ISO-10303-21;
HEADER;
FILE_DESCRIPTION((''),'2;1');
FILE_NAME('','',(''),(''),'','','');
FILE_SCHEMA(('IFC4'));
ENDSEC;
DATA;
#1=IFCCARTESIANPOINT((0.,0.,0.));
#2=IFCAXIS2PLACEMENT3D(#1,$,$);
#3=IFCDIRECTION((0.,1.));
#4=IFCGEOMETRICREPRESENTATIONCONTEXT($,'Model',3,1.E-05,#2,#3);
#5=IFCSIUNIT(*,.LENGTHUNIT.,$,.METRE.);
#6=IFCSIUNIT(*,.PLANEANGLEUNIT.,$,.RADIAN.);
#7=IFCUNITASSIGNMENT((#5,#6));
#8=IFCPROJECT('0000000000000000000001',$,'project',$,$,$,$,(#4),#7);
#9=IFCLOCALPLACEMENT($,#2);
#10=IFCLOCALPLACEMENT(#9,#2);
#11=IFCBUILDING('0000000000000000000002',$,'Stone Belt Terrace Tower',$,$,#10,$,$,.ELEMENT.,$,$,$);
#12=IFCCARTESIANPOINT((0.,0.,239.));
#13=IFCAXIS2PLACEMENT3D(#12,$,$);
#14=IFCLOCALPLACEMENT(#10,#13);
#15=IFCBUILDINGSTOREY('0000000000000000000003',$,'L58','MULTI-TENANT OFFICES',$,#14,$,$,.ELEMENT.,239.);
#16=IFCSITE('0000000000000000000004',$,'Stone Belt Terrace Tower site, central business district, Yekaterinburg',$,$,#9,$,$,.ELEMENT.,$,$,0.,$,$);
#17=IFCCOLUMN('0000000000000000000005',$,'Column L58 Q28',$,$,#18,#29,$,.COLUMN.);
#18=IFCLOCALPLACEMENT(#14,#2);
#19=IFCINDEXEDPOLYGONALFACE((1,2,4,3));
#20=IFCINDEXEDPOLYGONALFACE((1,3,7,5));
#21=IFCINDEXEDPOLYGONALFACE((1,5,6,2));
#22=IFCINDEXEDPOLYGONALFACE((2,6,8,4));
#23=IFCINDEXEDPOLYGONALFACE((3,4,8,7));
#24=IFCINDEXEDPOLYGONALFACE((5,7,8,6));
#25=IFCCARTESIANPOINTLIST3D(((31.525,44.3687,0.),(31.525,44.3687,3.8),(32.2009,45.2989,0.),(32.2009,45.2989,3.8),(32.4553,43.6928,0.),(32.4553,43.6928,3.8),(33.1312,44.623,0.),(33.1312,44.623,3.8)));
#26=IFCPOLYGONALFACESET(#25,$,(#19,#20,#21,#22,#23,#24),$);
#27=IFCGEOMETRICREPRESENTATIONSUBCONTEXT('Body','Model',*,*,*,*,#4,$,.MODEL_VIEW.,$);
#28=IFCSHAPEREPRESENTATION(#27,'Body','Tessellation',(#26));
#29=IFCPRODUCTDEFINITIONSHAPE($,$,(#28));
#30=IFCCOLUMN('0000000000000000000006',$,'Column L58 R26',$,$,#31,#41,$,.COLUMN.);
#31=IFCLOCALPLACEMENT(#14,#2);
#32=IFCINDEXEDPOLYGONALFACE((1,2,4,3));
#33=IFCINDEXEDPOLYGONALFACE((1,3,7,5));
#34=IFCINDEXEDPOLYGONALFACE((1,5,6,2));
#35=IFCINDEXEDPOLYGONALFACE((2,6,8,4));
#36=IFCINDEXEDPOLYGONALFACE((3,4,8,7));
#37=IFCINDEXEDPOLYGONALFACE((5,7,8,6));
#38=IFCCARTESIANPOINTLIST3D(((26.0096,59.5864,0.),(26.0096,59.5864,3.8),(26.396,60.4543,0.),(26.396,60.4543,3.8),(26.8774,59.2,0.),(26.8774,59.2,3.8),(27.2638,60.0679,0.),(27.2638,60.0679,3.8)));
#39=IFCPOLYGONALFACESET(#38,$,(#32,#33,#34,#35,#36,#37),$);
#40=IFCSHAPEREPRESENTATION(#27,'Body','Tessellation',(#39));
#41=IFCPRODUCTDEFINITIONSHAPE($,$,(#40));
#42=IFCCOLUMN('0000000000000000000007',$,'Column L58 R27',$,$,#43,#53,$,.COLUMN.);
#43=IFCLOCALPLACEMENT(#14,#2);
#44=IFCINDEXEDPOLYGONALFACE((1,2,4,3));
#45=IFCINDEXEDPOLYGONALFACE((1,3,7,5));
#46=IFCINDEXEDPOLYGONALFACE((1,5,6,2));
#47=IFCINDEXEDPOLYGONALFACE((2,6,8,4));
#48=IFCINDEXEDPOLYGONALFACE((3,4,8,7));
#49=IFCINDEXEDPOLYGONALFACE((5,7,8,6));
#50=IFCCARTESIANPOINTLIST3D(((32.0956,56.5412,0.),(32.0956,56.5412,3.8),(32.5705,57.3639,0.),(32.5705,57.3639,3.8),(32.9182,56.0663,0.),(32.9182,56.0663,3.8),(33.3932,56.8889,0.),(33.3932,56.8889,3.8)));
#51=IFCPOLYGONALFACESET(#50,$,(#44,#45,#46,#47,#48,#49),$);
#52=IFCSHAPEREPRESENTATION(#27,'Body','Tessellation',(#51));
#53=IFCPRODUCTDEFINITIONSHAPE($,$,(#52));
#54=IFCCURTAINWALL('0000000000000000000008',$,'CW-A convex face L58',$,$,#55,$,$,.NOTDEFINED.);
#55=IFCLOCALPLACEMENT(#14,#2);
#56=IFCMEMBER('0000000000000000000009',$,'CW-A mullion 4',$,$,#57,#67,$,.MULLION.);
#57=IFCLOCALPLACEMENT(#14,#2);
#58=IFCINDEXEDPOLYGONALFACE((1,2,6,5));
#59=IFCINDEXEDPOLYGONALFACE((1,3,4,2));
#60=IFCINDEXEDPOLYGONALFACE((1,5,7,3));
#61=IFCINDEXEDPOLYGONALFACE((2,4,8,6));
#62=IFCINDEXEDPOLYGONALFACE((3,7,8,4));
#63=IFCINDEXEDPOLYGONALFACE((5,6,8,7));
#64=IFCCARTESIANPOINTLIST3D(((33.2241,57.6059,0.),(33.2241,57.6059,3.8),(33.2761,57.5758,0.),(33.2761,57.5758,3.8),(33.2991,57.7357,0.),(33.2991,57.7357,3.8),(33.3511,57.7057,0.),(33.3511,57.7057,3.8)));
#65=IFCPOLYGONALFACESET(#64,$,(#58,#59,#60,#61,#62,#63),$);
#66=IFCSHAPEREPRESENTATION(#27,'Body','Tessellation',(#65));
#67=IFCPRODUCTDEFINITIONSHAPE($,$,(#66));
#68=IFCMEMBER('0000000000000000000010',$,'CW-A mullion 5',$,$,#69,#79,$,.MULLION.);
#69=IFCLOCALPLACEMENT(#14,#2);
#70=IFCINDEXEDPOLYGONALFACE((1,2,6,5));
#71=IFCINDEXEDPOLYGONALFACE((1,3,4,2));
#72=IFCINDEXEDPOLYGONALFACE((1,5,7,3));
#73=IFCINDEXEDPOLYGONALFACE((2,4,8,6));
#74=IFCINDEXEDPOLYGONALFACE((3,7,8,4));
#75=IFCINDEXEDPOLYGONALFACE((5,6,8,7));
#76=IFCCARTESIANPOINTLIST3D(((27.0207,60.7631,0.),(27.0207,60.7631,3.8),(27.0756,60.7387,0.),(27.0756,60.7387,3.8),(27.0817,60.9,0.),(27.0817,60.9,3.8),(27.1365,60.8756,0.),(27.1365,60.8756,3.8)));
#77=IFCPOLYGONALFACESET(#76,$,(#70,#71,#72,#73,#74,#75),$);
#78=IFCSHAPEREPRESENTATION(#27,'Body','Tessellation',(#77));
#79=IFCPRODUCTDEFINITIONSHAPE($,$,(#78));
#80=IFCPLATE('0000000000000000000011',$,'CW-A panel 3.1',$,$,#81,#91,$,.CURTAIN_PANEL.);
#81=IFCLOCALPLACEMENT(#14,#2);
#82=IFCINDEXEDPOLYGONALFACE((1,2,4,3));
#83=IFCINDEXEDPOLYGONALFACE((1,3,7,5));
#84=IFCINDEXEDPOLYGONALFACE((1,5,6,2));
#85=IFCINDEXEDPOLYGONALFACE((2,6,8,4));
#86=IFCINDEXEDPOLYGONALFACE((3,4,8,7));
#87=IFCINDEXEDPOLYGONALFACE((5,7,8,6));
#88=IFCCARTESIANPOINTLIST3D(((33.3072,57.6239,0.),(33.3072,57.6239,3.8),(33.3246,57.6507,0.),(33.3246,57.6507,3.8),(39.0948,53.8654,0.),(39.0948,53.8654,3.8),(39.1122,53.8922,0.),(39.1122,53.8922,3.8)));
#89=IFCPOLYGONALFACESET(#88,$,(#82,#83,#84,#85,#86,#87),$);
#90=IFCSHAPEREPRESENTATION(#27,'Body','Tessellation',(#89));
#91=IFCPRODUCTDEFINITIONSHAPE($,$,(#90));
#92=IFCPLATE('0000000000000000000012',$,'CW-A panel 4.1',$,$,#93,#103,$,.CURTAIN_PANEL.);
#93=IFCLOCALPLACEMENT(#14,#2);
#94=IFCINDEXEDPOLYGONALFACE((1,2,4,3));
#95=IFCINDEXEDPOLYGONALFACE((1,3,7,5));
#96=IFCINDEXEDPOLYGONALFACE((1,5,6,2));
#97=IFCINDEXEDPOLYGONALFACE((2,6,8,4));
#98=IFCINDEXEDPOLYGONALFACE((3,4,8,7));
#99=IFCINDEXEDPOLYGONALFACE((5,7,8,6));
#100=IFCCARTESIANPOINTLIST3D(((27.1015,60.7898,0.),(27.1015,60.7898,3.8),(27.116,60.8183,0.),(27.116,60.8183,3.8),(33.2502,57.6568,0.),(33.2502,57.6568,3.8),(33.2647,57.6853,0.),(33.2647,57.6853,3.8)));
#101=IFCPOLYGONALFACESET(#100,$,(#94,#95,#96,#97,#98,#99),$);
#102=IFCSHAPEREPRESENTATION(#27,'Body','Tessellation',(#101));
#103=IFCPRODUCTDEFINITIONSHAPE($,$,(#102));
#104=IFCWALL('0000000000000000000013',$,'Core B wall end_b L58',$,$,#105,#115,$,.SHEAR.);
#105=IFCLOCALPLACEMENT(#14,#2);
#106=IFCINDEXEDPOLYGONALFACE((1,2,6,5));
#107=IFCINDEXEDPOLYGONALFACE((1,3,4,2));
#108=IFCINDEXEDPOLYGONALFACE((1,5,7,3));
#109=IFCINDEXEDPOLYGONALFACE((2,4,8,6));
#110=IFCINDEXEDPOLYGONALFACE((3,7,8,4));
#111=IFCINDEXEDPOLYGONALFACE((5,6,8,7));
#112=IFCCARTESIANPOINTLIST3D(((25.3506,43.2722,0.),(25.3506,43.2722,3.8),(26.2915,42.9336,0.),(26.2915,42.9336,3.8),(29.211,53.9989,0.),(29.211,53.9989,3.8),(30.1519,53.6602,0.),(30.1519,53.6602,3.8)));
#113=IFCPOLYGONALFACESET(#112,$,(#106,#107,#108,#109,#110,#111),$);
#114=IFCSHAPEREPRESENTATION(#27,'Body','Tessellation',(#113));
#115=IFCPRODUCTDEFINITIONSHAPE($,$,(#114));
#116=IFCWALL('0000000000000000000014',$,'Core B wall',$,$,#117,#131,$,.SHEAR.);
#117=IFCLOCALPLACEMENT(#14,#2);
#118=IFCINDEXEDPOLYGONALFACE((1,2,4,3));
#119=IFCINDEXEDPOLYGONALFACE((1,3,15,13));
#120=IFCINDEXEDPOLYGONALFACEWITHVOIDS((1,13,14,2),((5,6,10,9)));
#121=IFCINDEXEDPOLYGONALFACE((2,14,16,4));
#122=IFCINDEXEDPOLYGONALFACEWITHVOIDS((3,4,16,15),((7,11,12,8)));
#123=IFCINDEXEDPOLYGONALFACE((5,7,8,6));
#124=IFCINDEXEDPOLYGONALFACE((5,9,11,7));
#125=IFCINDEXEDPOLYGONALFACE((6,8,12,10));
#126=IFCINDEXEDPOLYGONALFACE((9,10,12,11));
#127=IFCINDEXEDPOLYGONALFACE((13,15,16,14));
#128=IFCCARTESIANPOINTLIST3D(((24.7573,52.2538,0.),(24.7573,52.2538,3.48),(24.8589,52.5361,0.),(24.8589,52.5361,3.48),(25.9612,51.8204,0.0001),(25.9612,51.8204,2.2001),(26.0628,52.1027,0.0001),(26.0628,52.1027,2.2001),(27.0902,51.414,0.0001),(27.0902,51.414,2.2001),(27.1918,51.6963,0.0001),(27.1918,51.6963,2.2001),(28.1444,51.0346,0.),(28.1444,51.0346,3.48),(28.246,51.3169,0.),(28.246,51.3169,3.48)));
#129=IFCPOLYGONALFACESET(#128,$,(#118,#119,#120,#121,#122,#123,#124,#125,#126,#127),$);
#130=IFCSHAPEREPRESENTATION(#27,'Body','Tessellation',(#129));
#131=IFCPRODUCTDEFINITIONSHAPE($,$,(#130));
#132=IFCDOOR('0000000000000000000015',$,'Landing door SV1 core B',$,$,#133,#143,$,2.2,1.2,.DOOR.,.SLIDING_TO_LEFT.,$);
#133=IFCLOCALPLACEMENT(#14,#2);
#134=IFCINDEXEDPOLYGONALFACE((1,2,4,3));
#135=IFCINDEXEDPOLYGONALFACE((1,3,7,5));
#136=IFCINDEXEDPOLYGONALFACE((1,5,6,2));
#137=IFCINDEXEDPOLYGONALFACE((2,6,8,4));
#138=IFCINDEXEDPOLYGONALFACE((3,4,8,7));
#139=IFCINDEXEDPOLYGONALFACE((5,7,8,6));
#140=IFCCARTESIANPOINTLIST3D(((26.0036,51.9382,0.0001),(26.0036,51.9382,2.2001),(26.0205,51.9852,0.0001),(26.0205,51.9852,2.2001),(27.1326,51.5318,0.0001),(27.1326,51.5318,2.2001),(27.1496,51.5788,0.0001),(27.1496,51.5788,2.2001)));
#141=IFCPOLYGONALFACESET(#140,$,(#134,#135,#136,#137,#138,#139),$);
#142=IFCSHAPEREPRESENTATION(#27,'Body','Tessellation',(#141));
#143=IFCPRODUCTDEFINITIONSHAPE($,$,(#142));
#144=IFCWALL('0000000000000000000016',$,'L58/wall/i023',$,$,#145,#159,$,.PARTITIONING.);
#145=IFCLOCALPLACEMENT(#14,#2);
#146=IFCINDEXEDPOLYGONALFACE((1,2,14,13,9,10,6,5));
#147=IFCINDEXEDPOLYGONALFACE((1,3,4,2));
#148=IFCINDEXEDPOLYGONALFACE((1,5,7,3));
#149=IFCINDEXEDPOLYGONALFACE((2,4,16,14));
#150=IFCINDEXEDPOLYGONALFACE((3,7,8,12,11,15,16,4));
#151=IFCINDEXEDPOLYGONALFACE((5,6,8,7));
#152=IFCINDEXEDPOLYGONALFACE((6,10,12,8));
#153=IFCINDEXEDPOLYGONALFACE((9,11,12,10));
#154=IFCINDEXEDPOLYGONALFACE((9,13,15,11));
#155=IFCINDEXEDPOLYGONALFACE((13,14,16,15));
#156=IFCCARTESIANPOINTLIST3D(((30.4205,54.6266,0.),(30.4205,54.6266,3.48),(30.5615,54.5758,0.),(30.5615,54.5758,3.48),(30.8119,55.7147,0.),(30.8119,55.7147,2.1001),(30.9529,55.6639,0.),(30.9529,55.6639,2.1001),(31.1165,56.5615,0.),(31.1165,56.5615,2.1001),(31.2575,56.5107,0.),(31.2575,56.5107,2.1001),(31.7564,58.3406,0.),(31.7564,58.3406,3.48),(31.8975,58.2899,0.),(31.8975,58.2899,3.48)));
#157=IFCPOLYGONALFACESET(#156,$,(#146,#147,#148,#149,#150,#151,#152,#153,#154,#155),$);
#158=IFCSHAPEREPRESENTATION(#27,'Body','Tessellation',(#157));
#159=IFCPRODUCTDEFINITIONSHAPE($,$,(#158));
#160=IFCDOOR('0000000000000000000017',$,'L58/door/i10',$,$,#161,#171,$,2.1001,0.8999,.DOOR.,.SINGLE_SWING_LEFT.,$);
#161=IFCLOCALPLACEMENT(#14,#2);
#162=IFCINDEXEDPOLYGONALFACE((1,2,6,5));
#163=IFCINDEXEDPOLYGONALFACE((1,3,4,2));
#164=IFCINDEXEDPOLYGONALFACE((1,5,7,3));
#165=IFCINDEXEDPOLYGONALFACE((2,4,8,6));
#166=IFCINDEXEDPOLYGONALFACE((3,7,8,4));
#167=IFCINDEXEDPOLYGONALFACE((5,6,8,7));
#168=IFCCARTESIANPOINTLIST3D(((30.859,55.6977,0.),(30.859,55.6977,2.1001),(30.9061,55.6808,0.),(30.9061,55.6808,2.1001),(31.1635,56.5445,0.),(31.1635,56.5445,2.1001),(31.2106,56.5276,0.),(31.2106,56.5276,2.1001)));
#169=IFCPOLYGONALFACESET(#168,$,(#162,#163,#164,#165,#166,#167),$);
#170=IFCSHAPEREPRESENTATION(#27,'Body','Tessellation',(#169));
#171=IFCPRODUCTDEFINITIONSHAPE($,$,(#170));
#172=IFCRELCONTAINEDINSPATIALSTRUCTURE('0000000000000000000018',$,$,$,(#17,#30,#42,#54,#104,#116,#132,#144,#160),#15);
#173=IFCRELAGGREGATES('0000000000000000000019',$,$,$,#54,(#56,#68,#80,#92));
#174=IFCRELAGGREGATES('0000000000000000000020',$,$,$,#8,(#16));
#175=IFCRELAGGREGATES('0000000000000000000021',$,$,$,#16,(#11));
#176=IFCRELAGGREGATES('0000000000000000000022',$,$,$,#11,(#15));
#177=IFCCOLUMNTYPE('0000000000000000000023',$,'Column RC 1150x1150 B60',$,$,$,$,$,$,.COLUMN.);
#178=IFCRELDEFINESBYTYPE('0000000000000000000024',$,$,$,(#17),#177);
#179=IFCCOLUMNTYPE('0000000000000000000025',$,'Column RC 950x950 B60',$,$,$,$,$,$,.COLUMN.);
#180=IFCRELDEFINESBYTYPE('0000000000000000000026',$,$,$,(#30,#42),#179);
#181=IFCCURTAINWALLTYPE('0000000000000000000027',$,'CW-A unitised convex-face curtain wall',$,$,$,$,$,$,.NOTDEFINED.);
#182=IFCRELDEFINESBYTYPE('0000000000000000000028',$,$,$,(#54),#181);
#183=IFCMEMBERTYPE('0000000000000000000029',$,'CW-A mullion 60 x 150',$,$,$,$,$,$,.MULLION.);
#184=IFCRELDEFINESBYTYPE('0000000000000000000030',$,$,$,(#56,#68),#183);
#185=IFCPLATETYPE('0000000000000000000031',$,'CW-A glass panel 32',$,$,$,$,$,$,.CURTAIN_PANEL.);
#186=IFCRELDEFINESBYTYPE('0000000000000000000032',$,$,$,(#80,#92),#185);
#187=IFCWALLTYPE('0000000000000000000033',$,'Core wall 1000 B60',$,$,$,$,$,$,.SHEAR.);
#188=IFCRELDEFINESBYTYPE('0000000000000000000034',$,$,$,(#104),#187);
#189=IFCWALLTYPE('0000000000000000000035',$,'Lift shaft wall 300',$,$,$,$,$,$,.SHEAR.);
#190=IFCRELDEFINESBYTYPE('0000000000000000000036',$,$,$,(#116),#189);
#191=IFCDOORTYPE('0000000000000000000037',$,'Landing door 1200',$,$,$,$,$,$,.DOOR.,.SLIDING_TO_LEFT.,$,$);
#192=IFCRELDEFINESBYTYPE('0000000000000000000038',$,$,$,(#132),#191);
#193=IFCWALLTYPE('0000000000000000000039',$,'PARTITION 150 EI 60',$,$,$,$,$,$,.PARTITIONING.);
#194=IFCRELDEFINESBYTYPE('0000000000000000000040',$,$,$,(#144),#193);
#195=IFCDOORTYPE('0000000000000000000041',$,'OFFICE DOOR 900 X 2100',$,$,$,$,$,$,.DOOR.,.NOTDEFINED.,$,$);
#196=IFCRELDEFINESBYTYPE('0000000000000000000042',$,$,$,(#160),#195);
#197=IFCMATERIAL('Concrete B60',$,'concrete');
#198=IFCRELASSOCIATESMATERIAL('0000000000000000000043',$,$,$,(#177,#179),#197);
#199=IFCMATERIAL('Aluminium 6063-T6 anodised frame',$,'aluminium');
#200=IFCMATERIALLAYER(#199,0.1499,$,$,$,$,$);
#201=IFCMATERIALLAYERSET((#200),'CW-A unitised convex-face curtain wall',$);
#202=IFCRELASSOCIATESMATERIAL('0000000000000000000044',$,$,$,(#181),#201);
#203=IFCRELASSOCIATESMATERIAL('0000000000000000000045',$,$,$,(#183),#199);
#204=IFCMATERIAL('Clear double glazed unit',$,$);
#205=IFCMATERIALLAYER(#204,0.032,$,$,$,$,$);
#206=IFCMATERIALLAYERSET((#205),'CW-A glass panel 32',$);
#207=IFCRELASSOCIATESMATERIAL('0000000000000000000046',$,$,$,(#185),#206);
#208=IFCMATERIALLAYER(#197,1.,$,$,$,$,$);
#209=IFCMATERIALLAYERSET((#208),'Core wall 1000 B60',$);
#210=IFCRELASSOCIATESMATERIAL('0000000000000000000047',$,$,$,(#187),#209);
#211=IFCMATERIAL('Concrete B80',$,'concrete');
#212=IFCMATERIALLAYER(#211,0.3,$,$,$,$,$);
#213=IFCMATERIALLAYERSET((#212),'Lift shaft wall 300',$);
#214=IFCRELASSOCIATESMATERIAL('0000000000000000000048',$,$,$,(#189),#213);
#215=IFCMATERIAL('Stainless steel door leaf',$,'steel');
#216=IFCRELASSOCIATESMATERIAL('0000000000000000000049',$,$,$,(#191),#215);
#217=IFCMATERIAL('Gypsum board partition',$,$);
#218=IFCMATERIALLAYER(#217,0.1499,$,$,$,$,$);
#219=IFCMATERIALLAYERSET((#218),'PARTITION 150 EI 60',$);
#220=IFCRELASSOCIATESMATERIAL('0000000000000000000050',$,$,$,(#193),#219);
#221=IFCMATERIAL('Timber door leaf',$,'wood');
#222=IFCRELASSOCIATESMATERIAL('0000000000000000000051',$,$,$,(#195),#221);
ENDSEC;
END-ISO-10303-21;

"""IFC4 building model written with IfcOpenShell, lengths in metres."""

from ifc_helpers import new_model, si_unit, direction, frame, frame_2d, origin, origin_2d, place, context, subcontext, project, spatial, rectangle, extrude, material, layer, layer_set, material_profile, profile_set, type_object, element, fill, aggregate, save


model = new_model("IFC4")

# Units and contexts
model_context = context("Model", 3, precision=1e-05, world=origin(), true_north=direction((0.0, 1.0)))
body_context = subcontext(model_context, "Body", "Model", "MODEL_VIEW")
ifc_project = project(units=[si_unit("LENGTHUNIT", "METRE"), si_unit("PLANEANGLEUNIT", "RADIAN")], contexts=[model_context])

# Site, building, storey
site_placement = place(None, origin())
site = spatial("IfcSite", under=ifc_project, at=site_placement, Name="Stone Belt Terrace Tower site, central business district, Yekaterinburg", CompositionType="ELEMENT", RefElevation=0.0)
building_placement = place(site_placement, origin())
building = spatial("IfcBuilding", under=site, at=building_placement, Name="Stone Belt Terrace Tower", CompositionType="ELEMENT")
storey_placement = place(building_placement, frame((0.0, 0.0, 239.0)))
storey = spatial("IfcBuildingStorey", under=building, at=storey_placement, Name="L58", Description="MULTI-TENANT OFFICES", CompositionType="ELEMENT", Elevation=239.0)

# Columns
ifc_material_1 = material(Name="Concrete B60", Category="concrete")
ifc_material_profile_1 = material_profile(ifc_material_1, rectangle(XDim=1.1499, YDim=1.1499, at=origin_2d()), Name="RC 1150x1150")
ifc_profile_set_1 = profile_set([ifc_material_profile_1], Name="Concrete B60")
column_type_1 = type_object("IfcColumnType", Name="Column RC 1150x1150 B60", PredefinedType="COLUMN", material=ifc_profile_set_1)
column_placement = place(storey_placement, frame((32.3281, 44.4958, 0.0), z_axis=(0.0, 0.0, 1.0), x_axis=(0.809017, -0.587785, 0.0)))
element("IfcColumn", 1, at=column_placement, inside=storey, type_object=column_type_1, Name="Column L58 Q28", PredefinedType="COLUMN", context=body_context, shape_type="SweptSolid", body=[
    extrude(rectangle(XDim=1.1499, YDim=1.1499, at=origin_2d()), origin(), (0.0, 0.0, 1.0), 3.8),
])
ifc_material_profile_2 = material_profile(ifc_material_1, rectangle(XDim=0.95, YDim=0.95, at=origin_2d()), Name="RC 950x950")
ifc_profile_set_2 = profile_set([ifc_material_profile_2], Name="Concrete B60")
column_type_2 = type_object("IfcColumnType", Name="Column RC 950x950 B60", PredefinedType="COLUMN", material=ifc_profile_set_2)
for number, where, z_axis, x_axis, name in (
    (2, (26.6367, 59.8271, 0.0), (0.0, 0.0, 1.0), (0.913545, -0.406737, 0.0), "Column L58 R26"),
    (3, (32.7444, 56.7151, 0.0), (0.0, 0.0, 1.0), (0.866025, -0.5, 0.0), "Column L58 R27"),
):
    element("IfcColumn", number, at=place(storey_placement, frame(where, z_axis=z_axis, x_axis=x_axis)), inside=storey, type_object=column_type_2, Name=name, PredefinedType="COLUMN", context=body_context, shape_type="SweptSolid", body=[
        extrude(rectangle(XDim=0.95, YDim=0.95, at=origin_2d()), origin(), (0.0, 0.0, 1.0), 3.8),
    ])

# Curtain wall, members, plates
ifc_material_2 = material(Name="Aluminium 6063-T6 anodised frame", Category="aluminium")
ifc_layer_1 = layer(ifc_material_2, 0.1499)
ifc_layer_set_1 = layer_set([ifc_layer_1], Name="CW-A unitised convex-face curtain wall")
curtain_wall_type = type_object("IfcCurtainWallType", Name="CW-A unitised convex-face curtain wall", PredefinedType="NOTDEFINED", material=ifc_layer_set_1)
curtain_wall_placement = place(storey_placement, origin())
curtain_wall = element("IfcCurtainWall", 4, at=curtain_wall_placement, inside=storey, type_object=curtain_wall_type, Name="CW-A convex face L58", PredefinedType="NOTDEFINED")
ifc_material_profile_3 = material_profile(ifc_material_2, rectangle(XDim=0.1499, YDim=0.0601, at=origin_2d()), Name="Aluminium 6063-T6 60x150")
ifc_profile_set_3 = profile_set([ifc_material_profile_3], Name="Aluminium 6063-T6 anodised frame")
member_type = type_object("IfcMemberType", Name="CW-A mullion 60 x 150", PredefinedType="MULLION", material=ifc_profile_set_3)
member_1_placement = place(storey_placement, frame((33.2876, 57.6558, 0.0), z_axis=(0.0, 0.0, 1.0), x_axis=(-0.5, -0.866025, 0.0)))
member_1 = element("IfcMember", 5, at=member_1_placement, type_object=member_type, Name="CW-A mullion 4", PredefinedType="MULLION", context=body_context, shape_type="SweptSolid", body=[
    extrude(rectangle(XDim=0.1499, YDim=0.0601, at=origin_2d()), origin(), (0.0, 0.0, 1.0), 3.8),
])
member_2_placement = place(storey_placement, frame((27.0786, 60.8193, 0.0), z_axis=(0.0, 0.0, 1.0), x_axis=(-0.406737, -0.913545, 0.0)))
member_2 = element("IfcMember", 6, at=member_2_placement, type_object=member_type, Name="CW-A mullion 5", PredefinedType="MULLION", context=body_context, shape_type="SweptSolid", body=[
    extrude(rectangle(XDim=0.1499, YDim=0.0601, at=origin_2d()), origin(), (0.0, 0.0, 1.0), 3.8),
])
ifc_material_3 = material(Name="Clear double glazed unit")
ifc_layer_2 = layer(ifc_material_3, 0.032)
ifc_layer_set_2 = layer_set([ifc_layer_2], Name="CW-A glass panel 32")
plate_type = type_object("IfcPlateType", Name="CW-A glass panel 32", PredefinedType="CURTAIN_PANEL", material=ifc_layer_set_2)
plate_1_placement = place(storey_placement, frame((36.2097, 55.7581, 0.0), z_axis=(0.0, 0.0, 1.0), x_axis=(-0.838671, 0.544639, 0.0)))
plate_1 = element("IfcPlate", 7, at=plate_1_placement, type_object=plate_type, Name="CW-A panel 3.1", PredefinedType="CURTAIN_PANEL", context=body_context, shape_type="SweptSolid", body=[
    extrude(rectangle(XDim=6.9009, YDim=0.032, at=origin_2d()), origin(), (0.0, 0.0, 1.0), 3.8),
])
plate_2_placement = place(storey_placement, frame((30.1831, 59.2375, 0.0), z_axis=(0.0, 0.0, 1.0), x_axis=(-0.891007, 0.45399, 0.0)))
plate_2 = element("IfcPlate", 8, at=plate_2_placement, type_object=plate_type, Name="CW-A panel 4.1", PredefinedType="CURTAIN_PANEL", context=body_context, shape_type="SweptSolid", body=[
    extrude(rectangle(XDim=6.9009, YDim=0.032, at=origin_2d()), origin(), (0.0, 0.0, 1.0), 3.8),
])
aggregate(curtain_wall, [member_1, member_2, plate_1, plate_2])

# Wall
ifc_layer_3 = layer(ifc_material_1, 1.0)
ifc_layer_set_3 = layer_set([ifc_layer_3], Name="Core wall 1000 B60")
wall_type_1 = type_object("IfcWallType", Name="Core wall 1000 B60", PredefinedType="SHEAR", material=ifc_layer_set_3)
wall_1_placement = place(storey_placement, frame((25.821, 43.1028, 0.0), z_axis=(0.0, 0.0, 1.0), x_axis=(0.338625, 0.940921, 0.0)))
element("IfcWall", 9, at=wall_1_placement, inside=storey, type_object=wall_type_1, Name="Core B wall end_b L58", PredefinedType="SHEAR", context=body_context, shape_type="SweptSolid", body=[
    extrude(rectangle(XDim=11.4001, YDim=1.0, at=frame_2d((5.7002, 0.0))), origin(), (0.0, 0.0, 1.0), 3.8),
])

# Walls, openings, doors
ifc_material_4 = material(Name="Concrete B80", Category="concrete")
ifc_layer_4 = layer(ifc_material_4, 0.3)
ifc_layer_set_4 = layer_set([ifc_layer_4], Name="Lift shaft wall 300")
wall_type_2 = type_object("IfcWallType", Name="Lift shaft wall 300", PredefinedType="SHEAR", material=ifc_layer_set_4)
wall_2_placement = place(storey_placement, frame((28.1951, 51.1758, 0.0), z_axis=(0.0, 0.0, 1.0), x_axis=(-0.940901, 0.338681, 0.0)))
wall_2 = element("IfcWall", 10, at=wall_2_placement, inside=storey, type_object=wall_type_2, Name="Core B wall", PredefinedType="SHEAR", context=body_context, shape_type="SweptSolid", body=[
    extrude(rectangle(XDim=3.5999, YDim=0.3, at=frame_2d((1.7998, 0.0))), origin(), (0.0, 0.0, 1.0), 3.48),
])
opening_1_placement = place(wall_2_placement, frame((1.1201, 0.0, 0.0)))
opening_1 = element("IfcOpeningElement", 11, at=opening_1_placement, cuts=wall_2, PredefinedType="OPENING", context=body_context, shape_type="SweptSolid", body=[
    extrude(rectangle(XDim=1.2, YDim=2.2, at=frame_2d((0.6001, 1.1001))), frame((0.0, 0.1599, 0.0), z_axis=(0.0, -1.0, 0.0), x_axis=(1.0, 0.0, 0.0)), (0.0, 0.0, 1.0), 0.3201),
])
ifc_material_5 = material(Name="Stainless steel door leaf", Category="steel")
door_type_1 = type_object("IfcDoorType", Name="Landing door 1200", OperationType="SLIDING_TO_LEFT", PredefinedType="DOOR", material=ifc_material_5)
door_1_placement = place(opening_1_placement, origin())
door_1 = element("IfcDoor", 12, at=door_1_placement, inside=storey, type_object=door_type_1, Name="Landing door SV1 core B", OperationType="SLIDING_TO_LEFT", OverallHeight=2.2, OverallWidth=1.2, PredefinedType="DOOR", context=body_context, shape_type="SweptSolid", body=[
    extrude(rectangle(XDim=1.2, YDim=2.2, at=frame_2d((0.6001, 1.1001))), frame((0.0, 0.0249, 0.0), z_axis=(0.0, -1.0, 0.0), x_axis=(1.0, 0.0, 0.0)), (0.0, 0.0, 1.0), 0.05),
])
fill(opening_1, door_1)
ifc_material_6 = material(Name="Gypsum board partition")
ifc_layer_5 = layer(ifc_material_6, 0.1499)
ifc_layer_set_5 = layer_set([ifc_layer_5], Name="PARTITION 150 EI 60")
wall_type_3 = type_object("IfcWallType", Name="PARTITION 150 EI 60", PredefinedType="PARTITIONING", material=ifc_layer_set_5)
wall_3_placement = place(storey_placement, frame((30.491, 54.6011, 0.0), z_axis=(0.0, 0.0, 1.0), x_axis=(0.338463, 0.94098, 0.0)))
wall_3 = element("IfcWall", 13, at=wall_3_placement, inside=storey, type_object=wall_type_3, Name="L58/wall/i023", PredefinedType="PARTITIONING", context=body_context, shape_type="SweptSolid", body=[
    extrude(rectangle(XDim=3.947, YDim=0.1499, at=frame_2d((1.9736, 0.0))), origin(), (0.0, 0.0, 1.0), 3.48),
])
opening_2_placement = place(wall_3_placement, frame((1.1565, 0.0, 0.0)))
opening_2 = element("IfcOpeningElement", 14, at=opening_2_placement, cuts=wall_3, PredefinedType="OPENING", context=body_context, shape_type="SweptSolid", body=[
    extrude(rectangle(XDim=0.8999, YDim=2.1001, at=frame_2d((0.45, 1.05))), frame((0.0, 0.085, 0.0), z_axis=(0.0, -1.0, 0.0), x_axis=(1.0, 0.0, 0.0)), (0.0, 0.0, 1.0), 0.1699),
])
ifc_material_7 = material(Name="Timber door leaf", Category="wood")
door_type_2 = type_object("IfcDoorType", Name="OFFICE DOOR 900 X 2100", OperationType="NOTDEFINED", PredefinedType="DOOR", material=ifc_material_7)
door_2_placement = place(opening_2_placement, origin())
door_2 = element("IfcDoor", 15, at=door_2_placement, inside=storey, type_object=door_type_2, Name="L58/door/i10", OperationType="SINGLE_SWING_LEFT", OverallHeight=2.1001, OverallWidth=0.8999, PredefinedType="DOOR", context=body_context, shape_type="SweptSolid", body=[
    extrude(rectangle(XDim=0.8999, YDim=2.1001, at=frame_2d((0.45, 1.05))), frame((0.0, 0.0249, 0.0), z_axis=(0.0, -1.0, 0.0), x_axis=(1.0, 0.0, 0.0)), (0.0, 0.0, 1.0), 0.05),
])
fill(opening_2, door_2)

save(model, "model.ifc")
